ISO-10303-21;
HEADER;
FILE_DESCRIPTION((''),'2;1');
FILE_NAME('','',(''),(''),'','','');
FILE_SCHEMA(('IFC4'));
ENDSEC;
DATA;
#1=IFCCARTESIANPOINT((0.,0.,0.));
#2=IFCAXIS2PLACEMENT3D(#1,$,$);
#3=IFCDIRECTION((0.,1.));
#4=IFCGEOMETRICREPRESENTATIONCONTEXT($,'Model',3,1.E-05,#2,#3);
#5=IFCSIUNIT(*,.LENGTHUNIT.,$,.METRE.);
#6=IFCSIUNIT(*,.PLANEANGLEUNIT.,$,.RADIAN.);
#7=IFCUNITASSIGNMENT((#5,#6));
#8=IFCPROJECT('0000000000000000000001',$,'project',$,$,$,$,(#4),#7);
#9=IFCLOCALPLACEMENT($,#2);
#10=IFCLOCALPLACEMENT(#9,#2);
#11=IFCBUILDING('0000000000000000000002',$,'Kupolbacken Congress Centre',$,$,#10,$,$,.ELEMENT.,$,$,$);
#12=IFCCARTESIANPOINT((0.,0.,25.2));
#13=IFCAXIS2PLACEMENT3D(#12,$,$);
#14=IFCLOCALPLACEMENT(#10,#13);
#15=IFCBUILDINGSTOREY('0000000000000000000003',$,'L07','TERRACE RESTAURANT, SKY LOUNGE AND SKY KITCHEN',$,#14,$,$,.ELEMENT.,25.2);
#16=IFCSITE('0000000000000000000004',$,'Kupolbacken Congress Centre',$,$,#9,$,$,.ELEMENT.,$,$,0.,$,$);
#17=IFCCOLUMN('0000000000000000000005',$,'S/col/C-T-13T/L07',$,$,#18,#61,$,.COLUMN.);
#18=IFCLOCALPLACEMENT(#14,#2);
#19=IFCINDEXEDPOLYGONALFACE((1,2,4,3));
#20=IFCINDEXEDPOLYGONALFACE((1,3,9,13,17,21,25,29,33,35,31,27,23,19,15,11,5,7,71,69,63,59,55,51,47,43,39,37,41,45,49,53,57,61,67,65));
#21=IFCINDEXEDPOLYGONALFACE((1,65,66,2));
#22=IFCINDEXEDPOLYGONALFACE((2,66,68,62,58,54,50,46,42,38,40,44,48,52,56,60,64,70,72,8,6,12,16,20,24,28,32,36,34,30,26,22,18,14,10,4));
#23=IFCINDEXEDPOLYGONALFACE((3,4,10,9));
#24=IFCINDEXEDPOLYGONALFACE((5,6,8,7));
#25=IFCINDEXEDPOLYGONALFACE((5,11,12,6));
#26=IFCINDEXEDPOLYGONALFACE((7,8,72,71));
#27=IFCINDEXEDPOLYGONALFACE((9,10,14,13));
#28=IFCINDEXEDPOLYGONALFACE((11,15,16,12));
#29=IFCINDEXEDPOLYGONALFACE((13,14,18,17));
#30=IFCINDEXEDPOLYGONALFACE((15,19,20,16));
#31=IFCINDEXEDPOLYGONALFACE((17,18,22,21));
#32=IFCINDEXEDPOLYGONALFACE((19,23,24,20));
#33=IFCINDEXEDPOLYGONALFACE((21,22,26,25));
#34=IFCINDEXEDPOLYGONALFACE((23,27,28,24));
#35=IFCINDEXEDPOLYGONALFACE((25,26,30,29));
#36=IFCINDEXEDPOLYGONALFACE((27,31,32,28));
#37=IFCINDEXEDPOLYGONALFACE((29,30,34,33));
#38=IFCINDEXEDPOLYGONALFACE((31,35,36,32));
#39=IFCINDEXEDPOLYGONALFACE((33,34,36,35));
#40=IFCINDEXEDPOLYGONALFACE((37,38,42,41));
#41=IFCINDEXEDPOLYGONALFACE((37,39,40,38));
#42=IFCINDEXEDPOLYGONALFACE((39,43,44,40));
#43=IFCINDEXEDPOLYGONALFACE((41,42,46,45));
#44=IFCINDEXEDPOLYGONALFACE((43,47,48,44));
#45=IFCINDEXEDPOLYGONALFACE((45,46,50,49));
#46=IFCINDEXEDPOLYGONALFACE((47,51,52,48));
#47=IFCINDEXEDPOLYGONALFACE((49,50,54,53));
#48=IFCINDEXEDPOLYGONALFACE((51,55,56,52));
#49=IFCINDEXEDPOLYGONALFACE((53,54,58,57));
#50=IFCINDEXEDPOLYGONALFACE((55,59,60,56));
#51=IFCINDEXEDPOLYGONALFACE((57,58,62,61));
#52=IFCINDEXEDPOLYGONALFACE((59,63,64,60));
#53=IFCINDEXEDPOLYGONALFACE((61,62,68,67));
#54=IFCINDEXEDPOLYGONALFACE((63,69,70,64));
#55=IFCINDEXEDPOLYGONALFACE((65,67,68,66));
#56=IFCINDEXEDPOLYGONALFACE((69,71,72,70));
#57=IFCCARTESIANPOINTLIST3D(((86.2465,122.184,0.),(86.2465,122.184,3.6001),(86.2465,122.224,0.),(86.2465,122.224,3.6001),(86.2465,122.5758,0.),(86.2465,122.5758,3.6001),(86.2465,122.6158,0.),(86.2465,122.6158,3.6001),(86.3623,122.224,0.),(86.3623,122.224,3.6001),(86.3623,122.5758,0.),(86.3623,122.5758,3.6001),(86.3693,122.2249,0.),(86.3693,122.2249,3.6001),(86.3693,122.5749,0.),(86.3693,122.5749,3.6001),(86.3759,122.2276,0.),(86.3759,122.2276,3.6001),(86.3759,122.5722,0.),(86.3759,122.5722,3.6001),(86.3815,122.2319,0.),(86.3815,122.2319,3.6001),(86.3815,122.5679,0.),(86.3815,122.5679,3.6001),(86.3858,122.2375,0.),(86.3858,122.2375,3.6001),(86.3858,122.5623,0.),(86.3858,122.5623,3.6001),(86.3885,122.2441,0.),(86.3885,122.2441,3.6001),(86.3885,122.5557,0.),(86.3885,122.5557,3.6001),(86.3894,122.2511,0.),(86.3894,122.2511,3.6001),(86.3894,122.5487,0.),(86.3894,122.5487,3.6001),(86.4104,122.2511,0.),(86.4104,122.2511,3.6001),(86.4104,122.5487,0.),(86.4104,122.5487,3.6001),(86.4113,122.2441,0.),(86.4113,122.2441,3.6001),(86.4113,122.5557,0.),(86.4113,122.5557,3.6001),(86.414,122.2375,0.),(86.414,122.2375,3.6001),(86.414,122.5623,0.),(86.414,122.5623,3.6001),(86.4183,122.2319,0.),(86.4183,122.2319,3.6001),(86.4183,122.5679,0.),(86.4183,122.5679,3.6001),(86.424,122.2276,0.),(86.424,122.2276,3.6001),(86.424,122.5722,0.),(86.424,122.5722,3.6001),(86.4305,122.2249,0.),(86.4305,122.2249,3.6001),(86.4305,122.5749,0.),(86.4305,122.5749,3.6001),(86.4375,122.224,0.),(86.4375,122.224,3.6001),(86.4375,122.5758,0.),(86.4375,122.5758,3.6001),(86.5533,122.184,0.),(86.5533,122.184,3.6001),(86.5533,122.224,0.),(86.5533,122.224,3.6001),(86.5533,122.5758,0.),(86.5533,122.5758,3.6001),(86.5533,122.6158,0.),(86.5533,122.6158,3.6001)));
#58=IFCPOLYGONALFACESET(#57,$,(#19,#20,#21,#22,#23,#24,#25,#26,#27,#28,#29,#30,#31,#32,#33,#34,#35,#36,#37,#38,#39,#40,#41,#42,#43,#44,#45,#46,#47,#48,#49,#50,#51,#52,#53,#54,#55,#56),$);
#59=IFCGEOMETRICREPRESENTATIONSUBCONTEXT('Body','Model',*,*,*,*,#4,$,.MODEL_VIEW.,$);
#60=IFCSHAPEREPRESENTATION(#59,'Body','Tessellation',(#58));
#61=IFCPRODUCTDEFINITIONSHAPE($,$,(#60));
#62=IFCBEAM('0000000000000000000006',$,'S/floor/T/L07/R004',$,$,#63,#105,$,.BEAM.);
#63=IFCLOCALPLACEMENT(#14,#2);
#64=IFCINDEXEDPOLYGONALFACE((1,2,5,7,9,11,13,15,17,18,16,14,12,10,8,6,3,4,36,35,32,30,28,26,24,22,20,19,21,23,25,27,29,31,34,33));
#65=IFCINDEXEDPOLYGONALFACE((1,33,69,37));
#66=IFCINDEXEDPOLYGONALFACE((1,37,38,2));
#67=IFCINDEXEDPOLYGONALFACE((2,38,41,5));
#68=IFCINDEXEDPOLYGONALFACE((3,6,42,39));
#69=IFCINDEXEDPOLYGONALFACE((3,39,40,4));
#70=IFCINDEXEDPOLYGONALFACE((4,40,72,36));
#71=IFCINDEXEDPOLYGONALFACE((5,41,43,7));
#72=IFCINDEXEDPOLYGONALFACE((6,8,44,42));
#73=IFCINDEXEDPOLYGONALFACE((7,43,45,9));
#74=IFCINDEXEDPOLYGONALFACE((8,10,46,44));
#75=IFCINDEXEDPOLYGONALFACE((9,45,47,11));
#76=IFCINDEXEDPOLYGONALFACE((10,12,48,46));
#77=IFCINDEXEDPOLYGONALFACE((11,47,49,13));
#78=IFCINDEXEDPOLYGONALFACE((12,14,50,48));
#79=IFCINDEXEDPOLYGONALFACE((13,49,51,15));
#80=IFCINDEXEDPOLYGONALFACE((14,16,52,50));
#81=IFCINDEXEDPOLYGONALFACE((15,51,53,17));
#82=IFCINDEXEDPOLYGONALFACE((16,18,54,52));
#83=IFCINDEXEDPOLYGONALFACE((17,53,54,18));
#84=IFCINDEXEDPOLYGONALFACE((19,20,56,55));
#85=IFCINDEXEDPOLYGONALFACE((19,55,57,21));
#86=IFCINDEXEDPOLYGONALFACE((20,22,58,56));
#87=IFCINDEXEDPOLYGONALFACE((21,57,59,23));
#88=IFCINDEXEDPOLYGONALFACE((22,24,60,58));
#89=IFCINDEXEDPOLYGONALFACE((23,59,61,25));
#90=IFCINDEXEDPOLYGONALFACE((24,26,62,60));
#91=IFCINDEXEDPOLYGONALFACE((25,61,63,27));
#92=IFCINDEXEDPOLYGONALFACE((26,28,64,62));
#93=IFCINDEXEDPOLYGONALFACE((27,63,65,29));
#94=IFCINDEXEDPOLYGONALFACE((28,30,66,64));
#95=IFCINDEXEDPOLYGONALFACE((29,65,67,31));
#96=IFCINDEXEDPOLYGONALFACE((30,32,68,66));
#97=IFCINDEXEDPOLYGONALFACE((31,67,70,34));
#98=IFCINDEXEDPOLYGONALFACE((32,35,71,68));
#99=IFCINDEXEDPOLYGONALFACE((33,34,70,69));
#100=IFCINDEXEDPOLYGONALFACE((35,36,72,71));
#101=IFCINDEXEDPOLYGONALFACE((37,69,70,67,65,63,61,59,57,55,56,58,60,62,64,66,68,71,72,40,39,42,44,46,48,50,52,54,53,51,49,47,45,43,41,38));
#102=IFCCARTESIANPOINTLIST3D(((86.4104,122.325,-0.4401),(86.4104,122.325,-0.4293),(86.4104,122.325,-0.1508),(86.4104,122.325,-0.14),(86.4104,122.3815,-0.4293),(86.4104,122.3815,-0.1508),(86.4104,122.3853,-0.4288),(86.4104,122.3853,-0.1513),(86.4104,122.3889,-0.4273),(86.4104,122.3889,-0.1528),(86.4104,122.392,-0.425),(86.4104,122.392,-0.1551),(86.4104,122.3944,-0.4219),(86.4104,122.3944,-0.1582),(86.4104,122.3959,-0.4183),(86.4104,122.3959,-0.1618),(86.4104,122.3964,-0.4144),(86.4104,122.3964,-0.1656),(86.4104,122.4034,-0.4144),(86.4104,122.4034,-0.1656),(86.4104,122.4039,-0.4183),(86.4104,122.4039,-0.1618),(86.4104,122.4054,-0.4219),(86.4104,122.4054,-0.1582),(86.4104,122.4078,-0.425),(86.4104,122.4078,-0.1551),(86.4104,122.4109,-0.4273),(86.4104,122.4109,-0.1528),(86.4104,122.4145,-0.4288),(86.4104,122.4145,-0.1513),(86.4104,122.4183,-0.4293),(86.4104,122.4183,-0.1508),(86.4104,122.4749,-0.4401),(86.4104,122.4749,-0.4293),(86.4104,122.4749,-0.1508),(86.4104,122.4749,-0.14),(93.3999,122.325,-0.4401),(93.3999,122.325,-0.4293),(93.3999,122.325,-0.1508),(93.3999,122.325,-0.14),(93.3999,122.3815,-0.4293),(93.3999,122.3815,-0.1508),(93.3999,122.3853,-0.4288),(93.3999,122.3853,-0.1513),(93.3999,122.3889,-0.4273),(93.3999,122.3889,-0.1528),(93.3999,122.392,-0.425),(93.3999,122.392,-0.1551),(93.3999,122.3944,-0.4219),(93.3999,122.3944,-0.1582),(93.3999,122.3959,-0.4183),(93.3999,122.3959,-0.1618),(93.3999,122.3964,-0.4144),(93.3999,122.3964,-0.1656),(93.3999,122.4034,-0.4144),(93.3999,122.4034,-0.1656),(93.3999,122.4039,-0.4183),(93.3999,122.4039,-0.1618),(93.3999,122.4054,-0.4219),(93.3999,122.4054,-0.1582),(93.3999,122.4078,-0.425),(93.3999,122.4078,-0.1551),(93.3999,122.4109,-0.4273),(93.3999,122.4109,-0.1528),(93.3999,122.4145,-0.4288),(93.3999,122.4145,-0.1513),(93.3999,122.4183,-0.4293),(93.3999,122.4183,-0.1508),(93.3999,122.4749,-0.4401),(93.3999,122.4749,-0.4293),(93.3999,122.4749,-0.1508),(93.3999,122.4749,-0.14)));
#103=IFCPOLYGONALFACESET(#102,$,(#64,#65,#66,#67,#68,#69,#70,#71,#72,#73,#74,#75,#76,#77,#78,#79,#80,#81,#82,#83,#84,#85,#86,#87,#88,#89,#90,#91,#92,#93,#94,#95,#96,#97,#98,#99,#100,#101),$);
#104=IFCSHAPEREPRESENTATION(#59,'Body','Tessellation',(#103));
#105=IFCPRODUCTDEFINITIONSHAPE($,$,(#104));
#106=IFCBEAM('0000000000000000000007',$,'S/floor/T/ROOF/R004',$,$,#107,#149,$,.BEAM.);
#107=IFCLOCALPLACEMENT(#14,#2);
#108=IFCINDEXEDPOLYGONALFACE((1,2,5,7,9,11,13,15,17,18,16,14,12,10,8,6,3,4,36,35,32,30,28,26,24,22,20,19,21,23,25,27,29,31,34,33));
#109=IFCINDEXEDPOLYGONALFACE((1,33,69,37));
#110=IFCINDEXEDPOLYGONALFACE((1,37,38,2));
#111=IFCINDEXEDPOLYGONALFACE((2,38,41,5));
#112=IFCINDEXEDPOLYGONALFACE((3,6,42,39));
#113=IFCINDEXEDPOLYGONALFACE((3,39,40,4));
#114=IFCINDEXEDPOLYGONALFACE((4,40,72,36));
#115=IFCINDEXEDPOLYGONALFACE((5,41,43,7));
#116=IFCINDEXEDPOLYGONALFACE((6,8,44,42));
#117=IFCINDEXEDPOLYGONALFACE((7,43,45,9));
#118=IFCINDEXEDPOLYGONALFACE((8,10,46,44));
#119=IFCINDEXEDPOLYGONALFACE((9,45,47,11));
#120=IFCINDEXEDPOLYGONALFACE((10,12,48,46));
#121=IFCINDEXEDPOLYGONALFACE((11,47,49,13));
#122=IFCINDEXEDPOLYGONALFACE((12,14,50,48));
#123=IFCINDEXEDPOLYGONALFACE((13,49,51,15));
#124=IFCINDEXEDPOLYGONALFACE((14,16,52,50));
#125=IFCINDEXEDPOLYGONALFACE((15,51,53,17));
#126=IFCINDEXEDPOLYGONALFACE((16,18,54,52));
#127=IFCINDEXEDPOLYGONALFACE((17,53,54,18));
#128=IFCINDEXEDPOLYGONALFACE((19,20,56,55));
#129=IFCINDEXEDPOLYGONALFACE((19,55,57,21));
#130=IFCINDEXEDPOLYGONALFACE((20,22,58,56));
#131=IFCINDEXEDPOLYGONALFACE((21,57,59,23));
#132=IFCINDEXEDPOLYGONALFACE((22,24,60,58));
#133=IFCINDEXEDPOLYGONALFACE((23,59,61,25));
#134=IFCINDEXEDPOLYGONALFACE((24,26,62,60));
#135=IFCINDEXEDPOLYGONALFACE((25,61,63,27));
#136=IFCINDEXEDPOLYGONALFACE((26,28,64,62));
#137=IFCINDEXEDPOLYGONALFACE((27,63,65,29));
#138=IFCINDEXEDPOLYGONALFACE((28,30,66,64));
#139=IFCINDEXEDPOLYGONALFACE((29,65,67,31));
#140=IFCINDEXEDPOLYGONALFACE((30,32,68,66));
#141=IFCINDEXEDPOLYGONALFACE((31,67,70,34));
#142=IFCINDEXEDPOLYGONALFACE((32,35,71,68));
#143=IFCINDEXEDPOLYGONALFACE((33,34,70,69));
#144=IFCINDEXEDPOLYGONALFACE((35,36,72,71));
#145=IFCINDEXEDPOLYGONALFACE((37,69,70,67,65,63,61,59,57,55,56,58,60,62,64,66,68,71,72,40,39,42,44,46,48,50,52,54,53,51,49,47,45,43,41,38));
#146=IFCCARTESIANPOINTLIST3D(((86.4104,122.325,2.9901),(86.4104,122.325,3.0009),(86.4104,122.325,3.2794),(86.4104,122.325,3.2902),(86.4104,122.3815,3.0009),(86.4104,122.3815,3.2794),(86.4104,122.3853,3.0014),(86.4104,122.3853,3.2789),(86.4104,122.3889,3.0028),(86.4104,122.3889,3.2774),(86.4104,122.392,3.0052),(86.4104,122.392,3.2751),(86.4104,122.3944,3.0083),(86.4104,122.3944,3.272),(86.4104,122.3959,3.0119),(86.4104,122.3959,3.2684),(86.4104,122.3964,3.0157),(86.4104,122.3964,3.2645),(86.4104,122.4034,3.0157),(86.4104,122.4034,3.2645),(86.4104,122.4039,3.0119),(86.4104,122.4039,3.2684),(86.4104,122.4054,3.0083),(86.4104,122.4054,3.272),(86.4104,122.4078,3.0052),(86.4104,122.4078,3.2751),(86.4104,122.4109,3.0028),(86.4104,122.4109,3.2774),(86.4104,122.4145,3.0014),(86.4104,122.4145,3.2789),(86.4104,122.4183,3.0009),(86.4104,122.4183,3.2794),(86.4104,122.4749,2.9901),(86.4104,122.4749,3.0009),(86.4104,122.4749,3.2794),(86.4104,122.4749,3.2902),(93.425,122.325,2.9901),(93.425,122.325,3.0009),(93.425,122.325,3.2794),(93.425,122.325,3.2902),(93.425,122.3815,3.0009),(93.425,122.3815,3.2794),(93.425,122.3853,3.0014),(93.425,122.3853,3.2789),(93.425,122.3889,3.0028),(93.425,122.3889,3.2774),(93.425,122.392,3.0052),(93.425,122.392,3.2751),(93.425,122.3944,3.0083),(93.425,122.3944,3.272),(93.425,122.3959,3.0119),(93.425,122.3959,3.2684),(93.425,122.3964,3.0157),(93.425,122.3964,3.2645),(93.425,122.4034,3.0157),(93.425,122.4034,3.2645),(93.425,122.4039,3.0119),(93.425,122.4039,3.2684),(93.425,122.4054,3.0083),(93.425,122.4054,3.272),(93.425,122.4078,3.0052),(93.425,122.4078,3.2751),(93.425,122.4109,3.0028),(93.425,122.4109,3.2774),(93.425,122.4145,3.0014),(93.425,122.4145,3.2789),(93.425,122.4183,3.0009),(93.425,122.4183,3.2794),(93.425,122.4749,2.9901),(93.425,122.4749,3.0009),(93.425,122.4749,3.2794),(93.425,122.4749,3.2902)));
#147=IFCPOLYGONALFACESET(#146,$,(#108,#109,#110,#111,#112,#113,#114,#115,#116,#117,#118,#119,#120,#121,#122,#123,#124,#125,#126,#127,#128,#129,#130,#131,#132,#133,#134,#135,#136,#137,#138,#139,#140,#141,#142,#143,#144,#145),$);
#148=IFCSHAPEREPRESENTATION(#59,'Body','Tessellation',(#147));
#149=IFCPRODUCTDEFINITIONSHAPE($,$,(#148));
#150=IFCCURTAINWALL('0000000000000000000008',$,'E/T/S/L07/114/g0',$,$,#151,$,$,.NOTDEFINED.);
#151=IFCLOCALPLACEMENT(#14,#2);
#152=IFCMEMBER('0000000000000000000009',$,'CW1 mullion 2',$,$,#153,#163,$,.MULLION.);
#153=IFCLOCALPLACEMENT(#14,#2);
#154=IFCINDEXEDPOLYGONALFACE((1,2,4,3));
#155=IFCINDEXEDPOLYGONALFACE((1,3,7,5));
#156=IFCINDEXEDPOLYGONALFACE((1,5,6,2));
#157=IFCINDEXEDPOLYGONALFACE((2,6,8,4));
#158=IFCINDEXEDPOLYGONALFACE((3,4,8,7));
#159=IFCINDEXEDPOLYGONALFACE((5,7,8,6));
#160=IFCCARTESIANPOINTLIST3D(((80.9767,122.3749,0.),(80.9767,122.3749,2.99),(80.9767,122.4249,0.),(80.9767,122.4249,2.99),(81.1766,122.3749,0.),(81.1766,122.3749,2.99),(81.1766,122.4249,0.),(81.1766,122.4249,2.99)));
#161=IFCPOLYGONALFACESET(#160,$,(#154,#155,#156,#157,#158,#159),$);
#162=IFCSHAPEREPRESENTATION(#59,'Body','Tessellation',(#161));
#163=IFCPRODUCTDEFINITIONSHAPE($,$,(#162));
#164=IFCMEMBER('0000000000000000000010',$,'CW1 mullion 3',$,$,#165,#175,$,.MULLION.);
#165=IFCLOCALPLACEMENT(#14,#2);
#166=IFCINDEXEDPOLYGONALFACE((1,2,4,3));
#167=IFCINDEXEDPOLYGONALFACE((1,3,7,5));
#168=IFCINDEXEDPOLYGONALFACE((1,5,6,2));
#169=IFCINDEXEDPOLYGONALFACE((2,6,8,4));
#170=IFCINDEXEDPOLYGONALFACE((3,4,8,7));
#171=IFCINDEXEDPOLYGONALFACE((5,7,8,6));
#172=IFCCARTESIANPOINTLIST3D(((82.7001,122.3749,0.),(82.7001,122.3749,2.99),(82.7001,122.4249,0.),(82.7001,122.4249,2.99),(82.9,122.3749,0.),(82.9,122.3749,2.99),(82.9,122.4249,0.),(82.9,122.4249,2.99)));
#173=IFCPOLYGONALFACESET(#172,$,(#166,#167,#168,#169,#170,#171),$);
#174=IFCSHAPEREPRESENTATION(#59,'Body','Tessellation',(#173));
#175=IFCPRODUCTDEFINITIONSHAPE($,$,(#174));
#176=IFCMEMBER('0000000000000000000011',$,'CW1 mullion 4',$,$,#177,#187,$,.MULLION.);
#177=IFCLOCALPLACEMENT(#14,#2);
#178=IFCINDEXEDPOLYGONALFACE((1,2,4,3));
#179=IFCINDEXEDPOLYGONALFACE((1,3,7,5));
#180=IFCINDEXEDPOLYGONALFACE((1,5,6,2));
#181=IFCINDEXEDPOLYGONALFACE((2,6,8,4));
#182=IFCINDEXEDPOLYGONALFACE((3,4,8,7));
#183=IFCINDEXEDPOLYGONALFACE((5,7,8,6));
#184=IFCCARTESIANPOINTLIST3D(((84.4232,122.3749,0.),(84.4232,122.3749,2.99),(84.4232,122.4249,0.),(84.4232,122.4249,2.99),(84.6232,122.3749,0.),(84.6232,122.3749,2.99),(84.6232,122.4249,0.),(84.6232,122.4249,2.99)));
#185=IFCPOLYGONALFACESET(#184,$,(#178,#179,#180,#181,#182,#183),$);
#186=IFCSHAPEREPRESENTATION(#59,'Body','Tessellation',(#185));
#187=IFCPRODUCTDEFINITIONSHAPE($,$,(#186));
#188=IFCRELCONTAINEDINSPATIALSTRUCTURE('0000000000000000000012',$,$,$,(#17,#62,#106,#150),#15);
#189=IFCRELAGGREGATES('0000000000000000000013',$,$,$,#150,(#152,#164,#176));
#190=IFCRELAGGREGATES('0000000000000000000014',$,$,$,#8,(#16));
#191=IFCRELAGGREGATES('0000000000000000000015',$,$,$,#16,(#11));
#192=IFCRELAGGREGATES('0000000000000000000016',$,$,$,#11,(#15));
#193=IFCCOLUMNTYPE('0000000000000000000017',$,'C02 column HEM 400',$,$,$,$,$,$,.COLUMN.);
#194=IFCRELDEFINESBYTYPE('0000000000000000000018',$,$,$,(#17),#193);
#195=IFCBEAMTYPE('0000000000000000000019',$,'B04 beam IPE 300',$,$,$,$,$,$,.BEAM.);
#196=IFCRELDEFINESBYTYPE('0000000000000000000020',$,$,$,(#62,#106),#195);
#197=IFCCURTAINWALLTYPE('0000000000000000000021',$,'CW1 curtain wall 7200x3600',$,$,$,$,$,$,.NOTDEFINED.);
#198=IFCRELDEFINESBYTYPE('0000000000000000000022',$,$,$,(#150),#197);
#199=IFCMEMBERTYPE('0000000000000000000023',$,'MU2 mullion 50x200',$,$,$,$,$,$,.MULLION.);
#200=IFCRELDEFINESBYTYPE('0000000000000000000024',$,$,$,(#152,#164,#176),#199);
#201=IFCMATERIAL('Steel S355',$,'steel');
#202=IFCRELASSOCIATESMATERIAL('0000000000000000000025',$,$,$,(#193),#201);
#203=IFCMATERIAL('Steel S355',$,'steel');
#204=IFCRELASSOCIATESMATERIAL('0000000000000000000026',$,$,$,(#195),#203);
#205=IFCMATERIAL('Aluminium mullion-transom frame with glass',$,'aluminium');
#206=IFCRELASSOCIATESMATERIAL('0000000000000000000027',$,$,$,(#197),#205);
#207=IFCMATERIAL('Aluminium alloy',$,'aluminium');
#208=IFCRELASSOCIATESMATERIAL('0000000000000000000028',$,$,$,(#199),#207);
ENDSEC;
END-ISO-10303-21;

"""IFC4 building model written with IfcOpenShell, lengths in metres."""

from ifc_helpers import new_model, si_unit, direction, frame, origin, origin_2d, place, context, subcontext, project, spatial, rectangle, i_section, extrude, material, material_profile, profile_set, type_object, element, aggregate, save


model = new_model("IFC4")

# Units and contexts
model_context = context("Model", 3, precision=1e-05, world=origin(), true_north=direction((0.0, 1.0)))
body_context = subcontext(model_context, "Body", "Model", "MODEL_VIEW")
ifc_project = project(units=[si_unit("LENGTHUNIT", "METRE"), si_unit("PLANEANGLEUNIT", "RADIAN")], contexts=[model_context])

# Site, building, storey
site_placement = place(None, origin())
site = spatial("IfcSite", under=ifc_project, at=site_placement, Name="Kupolbacken Congress Centre", CompositionType="ELEMENT", RefElevation=0.0)
building_placement = place(site_placement, origin())
building = spatial("IfcBuilding", under=site, at=building_placement, Name="Kupolbacken Congress Centre", CompositionType="ELEMENT")
storey_placement = place(building_placement, frame((0.0, 0.0, 25.2)))
storey = spatial("IfcBuildingStorey", under=building, at=storey_placement, Name="L07", Description="TERRACE RESTAURANT, SKY LOUNGE AND SKY KITCHEN", CompositionType="ELEMENT", Elevation=25.2)

# Column
ifc_material_1 = material(Name="Steel S355", Category="steel")
ifc_material_profile_1 = material_profile(ifc_material_1, i_section(OverallWidth=0.3069, OverallDepth=0.4319, WebThickness=0.021, FlangeThickness=0.04, FilletRadius=0.0271, at=origin_2d()), Name="HEM 400")
ifc_profile_set_1 = profile_set([ifc_material_profile_1], Name="Steel S355")
column_type = type_object("IfcColumnType", Name="C02 column HEM 400", PredefinedType="COLUMN", material=ifc_profile_set_1)
column_placement = place(storey_placement, frame((86.3999, 122.3999, 0.0), z_axis=(0.0, 0.0, 1.0), x_axis=(1.0, 0.0, 0.0)))
element("IfcColumn", 1, at=column_placement, inside=storey, type_object=column_type, Name="S/col/C-T-13T/L07", PredefinedType="COLUMN", context=body_context, shape_type="SweptSolid", body=[
    extrude(i_section(OverallWidth=0.3069, OverallDepth=0.4319, WebThickness=0.021, FlangeThickness=0.04, FilletRadius=0.0271, at=origin_2d()), origin(), (0.0, 0.0, 1.0), 3.6001),
])

# Beams
ifc_material_2 = material(Name="Steel S355", Category="steel")
ifc_material_profile_2 = material_profile(ifc_material_2, i_section(OverallWidth=0.1499, OverallDepth=0.3, WebThickness=0.0071, FlangeThickness=0.0107, FilletRadius=0.0149, at=origin_2d()), Name="IPE 300")
ifc_profile_set_2 = profile_set([ifc_material_profile_2], Name="Steel S355")
beam_type = type_object("IfcBeamType", Name="B04 beam IPE 300", PredefinedType="BEAM", material=ifc_profile_set_2)
beam_1_placement = place(storey_placement, frame((86.4104, 122.3999, -0.29), z_axis=(1.0, 0.0, 0.0), x_axis=(0.0, 1.0, 0.0)))
element("IfcBeam", 2, at=beam_1_placement, inside=storey, type_object=beam_type, Name="S/floor/T/L07/R004", PredefinedType="BEAM", context=body_context, shape_type="SweptSolid", body=[
    extrude(i_section(OverallWidth=0.1499, OverallDepth=0.3, WebThickness=0.0071, FlangeThickness=0.0107, FilletRadius=0.0149, at=origin_2d()), origin(), (0.0, 0.0, 1.0), 6.9895),
])
beam_2_placement = place(storey_placement, frame((86.4104, 122.3999, 3.1401), z_axis=(1.0, 0.0, 0.0), x_axis=(0.0, 1.0, 0.0)))
element("IfcBeam", 3, at=beam_2_placement, inside=storey, type_object=beam_type, Name="S/floor/T/ROOF/R004", PredefinedType="BEAM", context=body_context, shape_type="SweptSolid", body=[
    extrude(i_section(OverallWidth=0.1499, OverallDepth=0.3, WebThickness=0.0071, FlangeThickness=0.0107, FilletRadius=0.0149, at=origin_2d()), origin(), (0.0, 0.0, 1.0), 7.0146),
])

# Curtain wall, members
ifc_material_3 = material(Name="Aluminium mullion-transom frame with glass", Category="aluminium")
curtain_wall_type = type_object("IfcCurtainWallType", Name="CW1 curtain wall 7200x3600", PredefinedType="NOTDEFINED", material=ifc_material_3)
curtain_wall_1_placement = place(storey_placement, origin())
curtain_wall_1 = element("IfcCurtainWall", 4, at=curtain_wall_1_placement, inside=storey, type_object=curtain_wall_type, Name="E/T/S/L07/114/g0", PredefinedType="NOTDEFINED")
ifc_material_4 = material(Name="Aluminium alloy", Category="aluminium")
ifc_material_profile_3 = material_profile(ifc_material_4, rectangle(XDim=0.05, YDim=0.2, at=origin_2d()), Name="50 x 200")
ifc_profile_set_3 = profile_set([ifc_material_profile_3], Name="Aluminium alloy")
member_type_1 = type_object("IfcMemberType", Name="MU2 mullion 50x200", PredefinedType="MULLION", material=ifc_profile_set_3)
member_1_placement = place(storey_placement, frame((81.0767, 122.3999, 0.0), z_axis=(0.0, 0.0, 1.0), x_axis=(0.0, 1.0, 0.0)))
member_1 = element("IfcMember", 5, at=member_1_placement, type_object=member_type_1, Name="CW1 mullion 2", PredefinedType="MULLION", context=body_context, shape_type="SweptSolid", body=[
    extrude(rectangle(XDim=0.05, YDim=0.2, at=origin_2d()), origin(), (0.0, 0.0, 1.0), 2.99),
])
member_2_placement = place(storey_placement, frame((82.8, 122.3999, 0.0), z_axis=(0.0, 0.0, 1.0), x_axis=(0.0, 1.0, 0.0)))
member_2 = element("IfcMember", 6, at=member_2_placement, type_object=member_type_1, Name="CW1 mullion 3", PredefinedType="MULLION", context=body_context, shape_type="SweptSolid", body=[
    extrude(rectangle(XDim=0.05, YDim=0.2, at=origin_2d()), origin(), (0.0, 0.0, 1.0), 2.99),
])
member_3_placement = place(storey_placement, frame((84.5232, 122.3999, 0.0), z_axis=(0.0, 0.0, 1.0), x_axis=(0.0, 1.0, 0.0)))
member_3 = element("IfcMember", 7, at=member_3_placement, type_object=member_type_1, Name="CW1 mullion 4", PredefinedType="MULLION", context=body_context, shape_type="SweptSolid", body=[
    extrude(rectangle(XDim=0.05, YDim=0.2, at=origin_2d()), origin(), (0.0, 0.0, 1.0), 2.99),
])

aggregate(curtain_wall_1, [member_1, member_2, member_3])

save(model, "model.ifc")
